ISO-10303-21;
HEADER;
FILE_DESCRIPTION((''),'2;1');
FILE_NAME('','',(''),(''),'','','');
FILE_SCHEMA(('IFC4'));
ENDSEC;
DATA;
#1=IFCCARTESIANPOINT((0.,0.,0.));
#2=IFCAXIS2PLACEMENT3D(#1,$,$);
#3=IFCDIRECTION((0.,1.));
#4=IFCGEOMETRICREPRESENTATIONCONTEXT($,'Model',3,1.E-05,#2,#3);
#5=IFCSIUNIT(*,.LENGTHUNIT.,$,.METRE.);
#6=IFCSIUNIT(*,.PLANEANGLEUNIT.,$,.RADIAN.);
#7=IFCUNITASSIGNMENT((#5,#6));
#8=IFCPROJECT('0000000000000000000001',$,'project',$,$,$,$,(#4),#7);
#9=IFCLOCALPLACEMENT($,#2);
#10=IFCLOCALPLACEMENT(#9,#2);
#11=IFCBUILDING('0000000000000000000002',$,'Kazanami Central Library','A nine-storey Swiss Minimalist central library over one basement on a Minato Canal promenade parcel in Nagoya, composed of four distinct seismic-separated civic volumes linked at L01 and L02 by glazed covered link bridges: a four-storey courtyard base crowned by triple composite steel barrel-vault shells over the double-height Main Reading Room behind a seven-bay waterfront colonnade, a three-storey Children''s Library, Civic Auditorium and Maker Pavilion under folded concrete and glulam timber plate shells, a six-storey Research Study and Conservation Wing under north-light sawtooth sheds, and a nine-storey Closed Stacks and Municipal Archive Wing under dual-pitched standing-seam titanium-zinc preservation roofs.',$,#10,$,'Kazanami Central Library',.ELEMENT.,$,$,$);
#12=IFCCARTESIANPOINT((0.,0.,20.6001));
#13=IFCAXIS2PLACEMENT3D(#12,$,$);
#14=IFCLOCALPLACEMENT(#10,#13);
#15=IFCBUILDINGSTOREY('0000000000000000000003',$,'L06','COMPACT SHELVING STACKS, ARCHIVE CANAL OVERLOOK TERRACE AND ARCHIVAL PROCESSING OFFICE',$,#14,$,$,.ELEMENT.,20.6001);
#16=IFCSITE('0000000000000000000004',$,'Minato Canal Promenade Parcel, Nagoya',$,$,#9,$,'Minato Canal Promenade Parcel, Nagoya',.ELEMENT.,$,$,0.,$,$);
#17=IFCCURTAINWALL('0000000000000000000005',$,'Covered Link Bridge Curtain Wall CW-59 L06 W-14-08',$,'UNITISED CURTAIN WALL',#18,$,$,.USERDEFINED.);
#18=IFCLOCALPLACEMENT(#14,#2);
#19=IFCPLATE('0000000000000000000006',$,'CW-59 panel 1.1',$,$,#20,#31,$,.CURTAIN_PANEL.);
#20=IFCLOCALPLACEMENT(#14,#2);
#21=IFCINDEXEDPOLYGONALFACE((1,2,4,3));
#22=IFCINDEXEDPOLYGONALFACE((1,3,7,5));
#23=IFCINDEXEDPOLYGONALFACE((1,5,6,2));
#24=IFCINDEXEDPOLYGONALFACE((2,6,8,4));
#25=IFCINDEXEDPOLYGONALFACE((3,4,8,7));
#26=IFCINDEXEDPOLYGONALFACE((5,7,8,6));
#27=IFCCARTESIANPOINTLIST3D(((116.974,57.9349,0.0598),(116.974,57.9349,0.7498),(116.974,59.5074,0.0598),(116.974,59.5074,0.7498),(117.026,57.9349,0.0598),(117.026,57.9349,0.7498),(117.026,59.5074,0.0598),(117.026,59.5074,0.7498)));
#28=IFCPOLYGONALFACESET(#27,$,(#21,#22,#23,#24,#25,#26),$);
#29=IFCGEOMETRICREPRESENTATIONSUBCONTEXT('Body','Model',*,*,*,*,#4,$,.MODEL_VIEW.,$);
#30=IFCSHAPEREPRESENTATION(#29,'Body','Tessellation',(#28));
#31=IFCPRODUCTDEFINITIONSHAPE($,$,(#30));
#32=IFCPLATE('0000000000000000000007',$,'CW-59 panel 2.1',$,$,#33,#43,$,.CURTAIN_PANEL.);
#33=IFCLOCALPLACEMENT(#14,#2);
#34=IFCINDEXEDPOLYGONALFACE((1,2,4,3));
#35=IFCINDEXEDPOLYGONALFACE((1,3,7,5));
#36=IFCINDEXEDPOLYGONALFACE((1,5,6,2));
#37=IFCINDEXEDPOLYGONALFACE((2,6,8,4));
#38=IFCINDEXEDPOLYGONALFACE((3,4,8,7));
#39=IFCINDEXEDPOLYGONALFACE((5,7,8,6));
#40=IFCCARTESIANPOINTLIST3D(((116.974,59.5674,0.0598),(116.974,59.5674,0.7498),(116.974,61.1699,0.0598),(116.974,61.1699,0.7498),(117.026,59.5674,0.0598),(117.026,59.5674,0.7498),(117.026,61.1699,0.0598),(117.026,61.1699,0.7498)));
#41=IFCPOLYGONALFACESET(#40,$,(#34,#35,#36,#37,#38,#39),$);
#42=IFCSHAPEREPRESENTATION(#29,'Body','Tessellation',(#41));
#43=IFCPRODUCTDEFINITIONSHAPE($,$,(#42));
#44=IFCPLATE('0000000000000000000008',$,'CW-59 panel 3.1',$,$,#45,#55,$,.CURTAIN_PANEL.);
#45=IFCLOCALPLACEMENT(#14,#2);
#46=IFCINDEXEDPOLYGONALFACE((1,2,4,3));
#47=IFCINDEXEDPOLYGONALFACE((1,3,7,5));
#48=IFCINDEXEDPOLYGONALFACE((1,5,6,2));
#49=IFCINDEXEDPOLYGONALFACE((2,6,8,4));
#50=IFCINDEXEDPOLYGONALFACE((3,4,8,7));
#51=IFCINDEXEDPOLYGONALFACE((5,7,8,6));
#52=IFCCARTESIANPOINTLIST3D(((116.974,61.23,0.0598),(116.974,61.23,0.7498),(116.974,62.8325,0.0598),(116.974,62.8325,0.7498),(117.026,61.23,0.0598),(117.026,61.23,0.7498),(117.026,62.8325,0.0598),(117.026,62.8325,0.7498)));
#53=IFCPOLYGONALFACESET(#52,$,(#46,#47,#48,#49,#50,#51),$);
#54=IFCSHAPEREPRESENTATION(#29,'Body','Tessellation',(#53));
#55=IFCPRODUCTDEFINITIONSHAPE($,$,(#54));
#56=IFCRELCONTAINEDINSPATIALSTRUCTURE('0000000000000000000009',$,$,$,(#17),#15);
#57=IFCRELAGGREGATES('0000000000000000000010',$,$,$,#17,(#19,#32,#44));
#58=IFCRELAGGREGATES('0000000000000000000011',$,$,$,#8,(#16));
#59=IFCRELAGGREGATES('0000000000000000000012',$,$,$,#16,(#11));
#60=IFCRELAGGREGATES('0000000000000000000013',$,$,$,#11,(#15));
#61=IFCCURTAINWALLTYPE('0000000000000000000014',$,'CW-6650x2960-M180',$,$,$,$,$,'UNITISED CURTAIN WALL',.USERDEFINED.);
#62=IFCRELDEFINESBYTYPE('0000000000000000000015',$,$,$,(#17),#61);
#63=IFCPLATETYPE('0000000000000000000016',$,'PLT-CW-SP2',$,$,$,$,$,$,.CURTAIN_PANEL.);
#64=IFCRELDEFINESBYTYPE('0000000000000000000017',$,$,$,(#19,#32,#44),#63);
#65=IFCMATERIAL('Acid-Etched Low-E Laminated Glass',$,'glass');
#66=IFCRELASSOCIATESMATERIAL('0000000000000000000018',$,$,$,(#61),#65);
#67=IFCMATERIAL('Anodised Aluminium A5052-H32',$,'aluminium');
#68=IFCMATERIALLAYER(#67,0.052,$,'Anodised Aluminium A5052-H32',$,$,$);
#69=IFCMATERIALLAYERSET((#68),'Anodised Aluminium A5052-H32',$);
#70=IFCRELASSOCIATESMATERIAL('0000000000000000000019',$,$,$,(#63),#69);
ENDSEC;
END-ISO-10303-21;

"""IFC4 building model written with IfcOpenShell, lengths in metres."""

from ifc_helpers import new_model, si_unit, direction, frame, origin, origin_2d, place, context, subcontext, project, spatial, rectangle, extrude, material, layer, layer_set, type_object, element, aggregate, save


model = new_model("IFC4")

# Units and contexts
model_context = context("Model", 3, precision=1e-05, world=origin(), true_north=direction((0.0, 1.0)))
body_context = subcontext(model_context, "Body", "Model", "MODEL_VIEW")
ifc_project = project(units=[si_unit("LENGTHUNIT", "METRE"), si_unit("PLANEANGLEUNIT", "RADIAN")], contexts=[model_context])

# Site, building, storey
site_placement = place(None, origin())
site = spatial("IfcSite", under=ifc_project, at=site_placement, Name="Minato Canal Promenade Parcel, Nagoya", LongName="Minato Canal Promenade Parcel, Nagoya", CompositionType="ELEMENT", RefElevation=0.0)
building_placement = place(site_placement, origin())
building = spatial("IfcBuilding", under=site, at=building_placement, Name="Kazanami Central Library", Description="A nine-storey Swiss Minimalist central library over one basement on a Minato Canal promenade parcel in Nagoya, composed of four distinct seismic-separated civic volumes linked at L01 and L02 by glazed covered link bridges: a four-storey courtyard base crowned by triple composite steel barrel-vault shells over the double-height Main Reading Room behind a seven-bay waterfront colonnade, a three-storey Children's Library, Civic Auditorium and Maker Pavilion under folded concrete and glulam timber plate shells, a six-storey Research Study and Conservation Wing under north-light sawtooth sheds, and a nine-storey Closed Stacks and Municipal Archive Wing under dual-pitched standing-seam titanium-zinc preservation roofs.", LongName="Kazanami Central Library", CompositionType="ELEMENT")
storey_placement = place(building_placement, frame((0.0, 0.0, 20.6001)))
storey = spatial("IfcBuildingStorey", under=building, at=storey_placement, Name="L06", Description="COMPACT SHELVING STACKS, ARCHIVE CANAL OVERLOOK TERRACE AND ARCHIVAL PROCESSING OFFICE", CompositionType="ELEMENT", Elevation=20.6001)

# Curtain wall, plates
ifc_material_1 = material(Name="Acid-Etched Low-E Laminated Glass", Category="glass")
curtain_wall_type = type_object("IfcCurtainWallType", Name="CW-6650x2960-M180", ElementType="UNITISED CURTAIN WALL", PredefinedType="USERDEFINED", material=ifc_material_1)
curtain_wall_placement = place(storey_placement, origin())
curtain_wall = element("IfcCurtainWall", 1, at=curtain_wall_placement, inside=storey, type_object=curtain_wall_type, Name="Covered Link Bridge Curtain Wall CW-59 L06 W-14-08", ObjectType="UNITISED CURTAIN WALL", PredefinedType="USERDEFINED")
ifc_material_2 = material(Name="Anodised Aluminium A5052-H32", Category="aluminium")
ifc_layer_1 = layer(ifc_material_2, 0.052, Name="Anodised Aluminium A5052-H32")
ifc_layer_set_1 = layer_set([ifc_layer_1], Name="Anodised Aluminium A5052-H32")
plate_type_1 = type_object("IfcPlateType", Name="PLT-CW-SP2", PredefinedType="CURTAIN_PANEL", material=ifc_layer_set_1)
plate_1_placement = place(storey_placement, frame((117.0, 58.7212, 0.0598), z_axis=(0.0, 0.0, 1.0), x_axis=(0.0, 1.0, 0.0)))
plate_1 = element("IfcPlate", 2, at=plate_1_placement, type_object=plate_type_1, Name="CW-59 panel 1.1", PredefinedType="CURTAIN_PANEL", context=body_context, shape_type="SweptSolid", body=[
    extrude(rectangle(XDim=1.5725, YDim=0.052, at=origin_2d()), origin(), (0.0, 0.0, 1.0), 0.6899),
])
plate_2_placement = place(storey_placement, frame((117.0, 60.3687, 0.0598), z_axis=(0.0, 0.0, 1.0), x_axis=(0.0, 1.0, 0.0)))
plate_2 = element("IfcPlate", 3, at=plate_2_placement, type_object=plate_type_1, Name="CW-59 panel 2.1", PredefinedType="CURTAIN_PANEL", context=body_context, shape_type="SweptSolid", body=[
    extrude(rectangle(XDim=1.6025, YDim=0.052, at=origin_2d()), origin(), (0.0, 0.0, 1.0), 0.6899),
])
plate_3_placement = place(storey_placement, frame((117.0, 62.0312, 0.0598), z_axis=(0.0, 0.0, 1.0), x_axis=(0.0, 1.0, 0.0)))
plate_3 = element("IfcPlate", 4, at=plate_3_placement, type_object=plate_type_1, Name="CW-59 panel 3.1", PredefinedType="CURTAIN_PANEL", context=body_context, shape_type="SweptSolid", body=[
    extrude(rectangle(XDim=1.6025, YDim=0.052, at=origin_2d()), origin(), (0.0, 0.0, 1.0), 0.6899),
])
aggregate(curtain_wall, [plate_1, plate_2, plate_3])

save(model, "model.ifc")
